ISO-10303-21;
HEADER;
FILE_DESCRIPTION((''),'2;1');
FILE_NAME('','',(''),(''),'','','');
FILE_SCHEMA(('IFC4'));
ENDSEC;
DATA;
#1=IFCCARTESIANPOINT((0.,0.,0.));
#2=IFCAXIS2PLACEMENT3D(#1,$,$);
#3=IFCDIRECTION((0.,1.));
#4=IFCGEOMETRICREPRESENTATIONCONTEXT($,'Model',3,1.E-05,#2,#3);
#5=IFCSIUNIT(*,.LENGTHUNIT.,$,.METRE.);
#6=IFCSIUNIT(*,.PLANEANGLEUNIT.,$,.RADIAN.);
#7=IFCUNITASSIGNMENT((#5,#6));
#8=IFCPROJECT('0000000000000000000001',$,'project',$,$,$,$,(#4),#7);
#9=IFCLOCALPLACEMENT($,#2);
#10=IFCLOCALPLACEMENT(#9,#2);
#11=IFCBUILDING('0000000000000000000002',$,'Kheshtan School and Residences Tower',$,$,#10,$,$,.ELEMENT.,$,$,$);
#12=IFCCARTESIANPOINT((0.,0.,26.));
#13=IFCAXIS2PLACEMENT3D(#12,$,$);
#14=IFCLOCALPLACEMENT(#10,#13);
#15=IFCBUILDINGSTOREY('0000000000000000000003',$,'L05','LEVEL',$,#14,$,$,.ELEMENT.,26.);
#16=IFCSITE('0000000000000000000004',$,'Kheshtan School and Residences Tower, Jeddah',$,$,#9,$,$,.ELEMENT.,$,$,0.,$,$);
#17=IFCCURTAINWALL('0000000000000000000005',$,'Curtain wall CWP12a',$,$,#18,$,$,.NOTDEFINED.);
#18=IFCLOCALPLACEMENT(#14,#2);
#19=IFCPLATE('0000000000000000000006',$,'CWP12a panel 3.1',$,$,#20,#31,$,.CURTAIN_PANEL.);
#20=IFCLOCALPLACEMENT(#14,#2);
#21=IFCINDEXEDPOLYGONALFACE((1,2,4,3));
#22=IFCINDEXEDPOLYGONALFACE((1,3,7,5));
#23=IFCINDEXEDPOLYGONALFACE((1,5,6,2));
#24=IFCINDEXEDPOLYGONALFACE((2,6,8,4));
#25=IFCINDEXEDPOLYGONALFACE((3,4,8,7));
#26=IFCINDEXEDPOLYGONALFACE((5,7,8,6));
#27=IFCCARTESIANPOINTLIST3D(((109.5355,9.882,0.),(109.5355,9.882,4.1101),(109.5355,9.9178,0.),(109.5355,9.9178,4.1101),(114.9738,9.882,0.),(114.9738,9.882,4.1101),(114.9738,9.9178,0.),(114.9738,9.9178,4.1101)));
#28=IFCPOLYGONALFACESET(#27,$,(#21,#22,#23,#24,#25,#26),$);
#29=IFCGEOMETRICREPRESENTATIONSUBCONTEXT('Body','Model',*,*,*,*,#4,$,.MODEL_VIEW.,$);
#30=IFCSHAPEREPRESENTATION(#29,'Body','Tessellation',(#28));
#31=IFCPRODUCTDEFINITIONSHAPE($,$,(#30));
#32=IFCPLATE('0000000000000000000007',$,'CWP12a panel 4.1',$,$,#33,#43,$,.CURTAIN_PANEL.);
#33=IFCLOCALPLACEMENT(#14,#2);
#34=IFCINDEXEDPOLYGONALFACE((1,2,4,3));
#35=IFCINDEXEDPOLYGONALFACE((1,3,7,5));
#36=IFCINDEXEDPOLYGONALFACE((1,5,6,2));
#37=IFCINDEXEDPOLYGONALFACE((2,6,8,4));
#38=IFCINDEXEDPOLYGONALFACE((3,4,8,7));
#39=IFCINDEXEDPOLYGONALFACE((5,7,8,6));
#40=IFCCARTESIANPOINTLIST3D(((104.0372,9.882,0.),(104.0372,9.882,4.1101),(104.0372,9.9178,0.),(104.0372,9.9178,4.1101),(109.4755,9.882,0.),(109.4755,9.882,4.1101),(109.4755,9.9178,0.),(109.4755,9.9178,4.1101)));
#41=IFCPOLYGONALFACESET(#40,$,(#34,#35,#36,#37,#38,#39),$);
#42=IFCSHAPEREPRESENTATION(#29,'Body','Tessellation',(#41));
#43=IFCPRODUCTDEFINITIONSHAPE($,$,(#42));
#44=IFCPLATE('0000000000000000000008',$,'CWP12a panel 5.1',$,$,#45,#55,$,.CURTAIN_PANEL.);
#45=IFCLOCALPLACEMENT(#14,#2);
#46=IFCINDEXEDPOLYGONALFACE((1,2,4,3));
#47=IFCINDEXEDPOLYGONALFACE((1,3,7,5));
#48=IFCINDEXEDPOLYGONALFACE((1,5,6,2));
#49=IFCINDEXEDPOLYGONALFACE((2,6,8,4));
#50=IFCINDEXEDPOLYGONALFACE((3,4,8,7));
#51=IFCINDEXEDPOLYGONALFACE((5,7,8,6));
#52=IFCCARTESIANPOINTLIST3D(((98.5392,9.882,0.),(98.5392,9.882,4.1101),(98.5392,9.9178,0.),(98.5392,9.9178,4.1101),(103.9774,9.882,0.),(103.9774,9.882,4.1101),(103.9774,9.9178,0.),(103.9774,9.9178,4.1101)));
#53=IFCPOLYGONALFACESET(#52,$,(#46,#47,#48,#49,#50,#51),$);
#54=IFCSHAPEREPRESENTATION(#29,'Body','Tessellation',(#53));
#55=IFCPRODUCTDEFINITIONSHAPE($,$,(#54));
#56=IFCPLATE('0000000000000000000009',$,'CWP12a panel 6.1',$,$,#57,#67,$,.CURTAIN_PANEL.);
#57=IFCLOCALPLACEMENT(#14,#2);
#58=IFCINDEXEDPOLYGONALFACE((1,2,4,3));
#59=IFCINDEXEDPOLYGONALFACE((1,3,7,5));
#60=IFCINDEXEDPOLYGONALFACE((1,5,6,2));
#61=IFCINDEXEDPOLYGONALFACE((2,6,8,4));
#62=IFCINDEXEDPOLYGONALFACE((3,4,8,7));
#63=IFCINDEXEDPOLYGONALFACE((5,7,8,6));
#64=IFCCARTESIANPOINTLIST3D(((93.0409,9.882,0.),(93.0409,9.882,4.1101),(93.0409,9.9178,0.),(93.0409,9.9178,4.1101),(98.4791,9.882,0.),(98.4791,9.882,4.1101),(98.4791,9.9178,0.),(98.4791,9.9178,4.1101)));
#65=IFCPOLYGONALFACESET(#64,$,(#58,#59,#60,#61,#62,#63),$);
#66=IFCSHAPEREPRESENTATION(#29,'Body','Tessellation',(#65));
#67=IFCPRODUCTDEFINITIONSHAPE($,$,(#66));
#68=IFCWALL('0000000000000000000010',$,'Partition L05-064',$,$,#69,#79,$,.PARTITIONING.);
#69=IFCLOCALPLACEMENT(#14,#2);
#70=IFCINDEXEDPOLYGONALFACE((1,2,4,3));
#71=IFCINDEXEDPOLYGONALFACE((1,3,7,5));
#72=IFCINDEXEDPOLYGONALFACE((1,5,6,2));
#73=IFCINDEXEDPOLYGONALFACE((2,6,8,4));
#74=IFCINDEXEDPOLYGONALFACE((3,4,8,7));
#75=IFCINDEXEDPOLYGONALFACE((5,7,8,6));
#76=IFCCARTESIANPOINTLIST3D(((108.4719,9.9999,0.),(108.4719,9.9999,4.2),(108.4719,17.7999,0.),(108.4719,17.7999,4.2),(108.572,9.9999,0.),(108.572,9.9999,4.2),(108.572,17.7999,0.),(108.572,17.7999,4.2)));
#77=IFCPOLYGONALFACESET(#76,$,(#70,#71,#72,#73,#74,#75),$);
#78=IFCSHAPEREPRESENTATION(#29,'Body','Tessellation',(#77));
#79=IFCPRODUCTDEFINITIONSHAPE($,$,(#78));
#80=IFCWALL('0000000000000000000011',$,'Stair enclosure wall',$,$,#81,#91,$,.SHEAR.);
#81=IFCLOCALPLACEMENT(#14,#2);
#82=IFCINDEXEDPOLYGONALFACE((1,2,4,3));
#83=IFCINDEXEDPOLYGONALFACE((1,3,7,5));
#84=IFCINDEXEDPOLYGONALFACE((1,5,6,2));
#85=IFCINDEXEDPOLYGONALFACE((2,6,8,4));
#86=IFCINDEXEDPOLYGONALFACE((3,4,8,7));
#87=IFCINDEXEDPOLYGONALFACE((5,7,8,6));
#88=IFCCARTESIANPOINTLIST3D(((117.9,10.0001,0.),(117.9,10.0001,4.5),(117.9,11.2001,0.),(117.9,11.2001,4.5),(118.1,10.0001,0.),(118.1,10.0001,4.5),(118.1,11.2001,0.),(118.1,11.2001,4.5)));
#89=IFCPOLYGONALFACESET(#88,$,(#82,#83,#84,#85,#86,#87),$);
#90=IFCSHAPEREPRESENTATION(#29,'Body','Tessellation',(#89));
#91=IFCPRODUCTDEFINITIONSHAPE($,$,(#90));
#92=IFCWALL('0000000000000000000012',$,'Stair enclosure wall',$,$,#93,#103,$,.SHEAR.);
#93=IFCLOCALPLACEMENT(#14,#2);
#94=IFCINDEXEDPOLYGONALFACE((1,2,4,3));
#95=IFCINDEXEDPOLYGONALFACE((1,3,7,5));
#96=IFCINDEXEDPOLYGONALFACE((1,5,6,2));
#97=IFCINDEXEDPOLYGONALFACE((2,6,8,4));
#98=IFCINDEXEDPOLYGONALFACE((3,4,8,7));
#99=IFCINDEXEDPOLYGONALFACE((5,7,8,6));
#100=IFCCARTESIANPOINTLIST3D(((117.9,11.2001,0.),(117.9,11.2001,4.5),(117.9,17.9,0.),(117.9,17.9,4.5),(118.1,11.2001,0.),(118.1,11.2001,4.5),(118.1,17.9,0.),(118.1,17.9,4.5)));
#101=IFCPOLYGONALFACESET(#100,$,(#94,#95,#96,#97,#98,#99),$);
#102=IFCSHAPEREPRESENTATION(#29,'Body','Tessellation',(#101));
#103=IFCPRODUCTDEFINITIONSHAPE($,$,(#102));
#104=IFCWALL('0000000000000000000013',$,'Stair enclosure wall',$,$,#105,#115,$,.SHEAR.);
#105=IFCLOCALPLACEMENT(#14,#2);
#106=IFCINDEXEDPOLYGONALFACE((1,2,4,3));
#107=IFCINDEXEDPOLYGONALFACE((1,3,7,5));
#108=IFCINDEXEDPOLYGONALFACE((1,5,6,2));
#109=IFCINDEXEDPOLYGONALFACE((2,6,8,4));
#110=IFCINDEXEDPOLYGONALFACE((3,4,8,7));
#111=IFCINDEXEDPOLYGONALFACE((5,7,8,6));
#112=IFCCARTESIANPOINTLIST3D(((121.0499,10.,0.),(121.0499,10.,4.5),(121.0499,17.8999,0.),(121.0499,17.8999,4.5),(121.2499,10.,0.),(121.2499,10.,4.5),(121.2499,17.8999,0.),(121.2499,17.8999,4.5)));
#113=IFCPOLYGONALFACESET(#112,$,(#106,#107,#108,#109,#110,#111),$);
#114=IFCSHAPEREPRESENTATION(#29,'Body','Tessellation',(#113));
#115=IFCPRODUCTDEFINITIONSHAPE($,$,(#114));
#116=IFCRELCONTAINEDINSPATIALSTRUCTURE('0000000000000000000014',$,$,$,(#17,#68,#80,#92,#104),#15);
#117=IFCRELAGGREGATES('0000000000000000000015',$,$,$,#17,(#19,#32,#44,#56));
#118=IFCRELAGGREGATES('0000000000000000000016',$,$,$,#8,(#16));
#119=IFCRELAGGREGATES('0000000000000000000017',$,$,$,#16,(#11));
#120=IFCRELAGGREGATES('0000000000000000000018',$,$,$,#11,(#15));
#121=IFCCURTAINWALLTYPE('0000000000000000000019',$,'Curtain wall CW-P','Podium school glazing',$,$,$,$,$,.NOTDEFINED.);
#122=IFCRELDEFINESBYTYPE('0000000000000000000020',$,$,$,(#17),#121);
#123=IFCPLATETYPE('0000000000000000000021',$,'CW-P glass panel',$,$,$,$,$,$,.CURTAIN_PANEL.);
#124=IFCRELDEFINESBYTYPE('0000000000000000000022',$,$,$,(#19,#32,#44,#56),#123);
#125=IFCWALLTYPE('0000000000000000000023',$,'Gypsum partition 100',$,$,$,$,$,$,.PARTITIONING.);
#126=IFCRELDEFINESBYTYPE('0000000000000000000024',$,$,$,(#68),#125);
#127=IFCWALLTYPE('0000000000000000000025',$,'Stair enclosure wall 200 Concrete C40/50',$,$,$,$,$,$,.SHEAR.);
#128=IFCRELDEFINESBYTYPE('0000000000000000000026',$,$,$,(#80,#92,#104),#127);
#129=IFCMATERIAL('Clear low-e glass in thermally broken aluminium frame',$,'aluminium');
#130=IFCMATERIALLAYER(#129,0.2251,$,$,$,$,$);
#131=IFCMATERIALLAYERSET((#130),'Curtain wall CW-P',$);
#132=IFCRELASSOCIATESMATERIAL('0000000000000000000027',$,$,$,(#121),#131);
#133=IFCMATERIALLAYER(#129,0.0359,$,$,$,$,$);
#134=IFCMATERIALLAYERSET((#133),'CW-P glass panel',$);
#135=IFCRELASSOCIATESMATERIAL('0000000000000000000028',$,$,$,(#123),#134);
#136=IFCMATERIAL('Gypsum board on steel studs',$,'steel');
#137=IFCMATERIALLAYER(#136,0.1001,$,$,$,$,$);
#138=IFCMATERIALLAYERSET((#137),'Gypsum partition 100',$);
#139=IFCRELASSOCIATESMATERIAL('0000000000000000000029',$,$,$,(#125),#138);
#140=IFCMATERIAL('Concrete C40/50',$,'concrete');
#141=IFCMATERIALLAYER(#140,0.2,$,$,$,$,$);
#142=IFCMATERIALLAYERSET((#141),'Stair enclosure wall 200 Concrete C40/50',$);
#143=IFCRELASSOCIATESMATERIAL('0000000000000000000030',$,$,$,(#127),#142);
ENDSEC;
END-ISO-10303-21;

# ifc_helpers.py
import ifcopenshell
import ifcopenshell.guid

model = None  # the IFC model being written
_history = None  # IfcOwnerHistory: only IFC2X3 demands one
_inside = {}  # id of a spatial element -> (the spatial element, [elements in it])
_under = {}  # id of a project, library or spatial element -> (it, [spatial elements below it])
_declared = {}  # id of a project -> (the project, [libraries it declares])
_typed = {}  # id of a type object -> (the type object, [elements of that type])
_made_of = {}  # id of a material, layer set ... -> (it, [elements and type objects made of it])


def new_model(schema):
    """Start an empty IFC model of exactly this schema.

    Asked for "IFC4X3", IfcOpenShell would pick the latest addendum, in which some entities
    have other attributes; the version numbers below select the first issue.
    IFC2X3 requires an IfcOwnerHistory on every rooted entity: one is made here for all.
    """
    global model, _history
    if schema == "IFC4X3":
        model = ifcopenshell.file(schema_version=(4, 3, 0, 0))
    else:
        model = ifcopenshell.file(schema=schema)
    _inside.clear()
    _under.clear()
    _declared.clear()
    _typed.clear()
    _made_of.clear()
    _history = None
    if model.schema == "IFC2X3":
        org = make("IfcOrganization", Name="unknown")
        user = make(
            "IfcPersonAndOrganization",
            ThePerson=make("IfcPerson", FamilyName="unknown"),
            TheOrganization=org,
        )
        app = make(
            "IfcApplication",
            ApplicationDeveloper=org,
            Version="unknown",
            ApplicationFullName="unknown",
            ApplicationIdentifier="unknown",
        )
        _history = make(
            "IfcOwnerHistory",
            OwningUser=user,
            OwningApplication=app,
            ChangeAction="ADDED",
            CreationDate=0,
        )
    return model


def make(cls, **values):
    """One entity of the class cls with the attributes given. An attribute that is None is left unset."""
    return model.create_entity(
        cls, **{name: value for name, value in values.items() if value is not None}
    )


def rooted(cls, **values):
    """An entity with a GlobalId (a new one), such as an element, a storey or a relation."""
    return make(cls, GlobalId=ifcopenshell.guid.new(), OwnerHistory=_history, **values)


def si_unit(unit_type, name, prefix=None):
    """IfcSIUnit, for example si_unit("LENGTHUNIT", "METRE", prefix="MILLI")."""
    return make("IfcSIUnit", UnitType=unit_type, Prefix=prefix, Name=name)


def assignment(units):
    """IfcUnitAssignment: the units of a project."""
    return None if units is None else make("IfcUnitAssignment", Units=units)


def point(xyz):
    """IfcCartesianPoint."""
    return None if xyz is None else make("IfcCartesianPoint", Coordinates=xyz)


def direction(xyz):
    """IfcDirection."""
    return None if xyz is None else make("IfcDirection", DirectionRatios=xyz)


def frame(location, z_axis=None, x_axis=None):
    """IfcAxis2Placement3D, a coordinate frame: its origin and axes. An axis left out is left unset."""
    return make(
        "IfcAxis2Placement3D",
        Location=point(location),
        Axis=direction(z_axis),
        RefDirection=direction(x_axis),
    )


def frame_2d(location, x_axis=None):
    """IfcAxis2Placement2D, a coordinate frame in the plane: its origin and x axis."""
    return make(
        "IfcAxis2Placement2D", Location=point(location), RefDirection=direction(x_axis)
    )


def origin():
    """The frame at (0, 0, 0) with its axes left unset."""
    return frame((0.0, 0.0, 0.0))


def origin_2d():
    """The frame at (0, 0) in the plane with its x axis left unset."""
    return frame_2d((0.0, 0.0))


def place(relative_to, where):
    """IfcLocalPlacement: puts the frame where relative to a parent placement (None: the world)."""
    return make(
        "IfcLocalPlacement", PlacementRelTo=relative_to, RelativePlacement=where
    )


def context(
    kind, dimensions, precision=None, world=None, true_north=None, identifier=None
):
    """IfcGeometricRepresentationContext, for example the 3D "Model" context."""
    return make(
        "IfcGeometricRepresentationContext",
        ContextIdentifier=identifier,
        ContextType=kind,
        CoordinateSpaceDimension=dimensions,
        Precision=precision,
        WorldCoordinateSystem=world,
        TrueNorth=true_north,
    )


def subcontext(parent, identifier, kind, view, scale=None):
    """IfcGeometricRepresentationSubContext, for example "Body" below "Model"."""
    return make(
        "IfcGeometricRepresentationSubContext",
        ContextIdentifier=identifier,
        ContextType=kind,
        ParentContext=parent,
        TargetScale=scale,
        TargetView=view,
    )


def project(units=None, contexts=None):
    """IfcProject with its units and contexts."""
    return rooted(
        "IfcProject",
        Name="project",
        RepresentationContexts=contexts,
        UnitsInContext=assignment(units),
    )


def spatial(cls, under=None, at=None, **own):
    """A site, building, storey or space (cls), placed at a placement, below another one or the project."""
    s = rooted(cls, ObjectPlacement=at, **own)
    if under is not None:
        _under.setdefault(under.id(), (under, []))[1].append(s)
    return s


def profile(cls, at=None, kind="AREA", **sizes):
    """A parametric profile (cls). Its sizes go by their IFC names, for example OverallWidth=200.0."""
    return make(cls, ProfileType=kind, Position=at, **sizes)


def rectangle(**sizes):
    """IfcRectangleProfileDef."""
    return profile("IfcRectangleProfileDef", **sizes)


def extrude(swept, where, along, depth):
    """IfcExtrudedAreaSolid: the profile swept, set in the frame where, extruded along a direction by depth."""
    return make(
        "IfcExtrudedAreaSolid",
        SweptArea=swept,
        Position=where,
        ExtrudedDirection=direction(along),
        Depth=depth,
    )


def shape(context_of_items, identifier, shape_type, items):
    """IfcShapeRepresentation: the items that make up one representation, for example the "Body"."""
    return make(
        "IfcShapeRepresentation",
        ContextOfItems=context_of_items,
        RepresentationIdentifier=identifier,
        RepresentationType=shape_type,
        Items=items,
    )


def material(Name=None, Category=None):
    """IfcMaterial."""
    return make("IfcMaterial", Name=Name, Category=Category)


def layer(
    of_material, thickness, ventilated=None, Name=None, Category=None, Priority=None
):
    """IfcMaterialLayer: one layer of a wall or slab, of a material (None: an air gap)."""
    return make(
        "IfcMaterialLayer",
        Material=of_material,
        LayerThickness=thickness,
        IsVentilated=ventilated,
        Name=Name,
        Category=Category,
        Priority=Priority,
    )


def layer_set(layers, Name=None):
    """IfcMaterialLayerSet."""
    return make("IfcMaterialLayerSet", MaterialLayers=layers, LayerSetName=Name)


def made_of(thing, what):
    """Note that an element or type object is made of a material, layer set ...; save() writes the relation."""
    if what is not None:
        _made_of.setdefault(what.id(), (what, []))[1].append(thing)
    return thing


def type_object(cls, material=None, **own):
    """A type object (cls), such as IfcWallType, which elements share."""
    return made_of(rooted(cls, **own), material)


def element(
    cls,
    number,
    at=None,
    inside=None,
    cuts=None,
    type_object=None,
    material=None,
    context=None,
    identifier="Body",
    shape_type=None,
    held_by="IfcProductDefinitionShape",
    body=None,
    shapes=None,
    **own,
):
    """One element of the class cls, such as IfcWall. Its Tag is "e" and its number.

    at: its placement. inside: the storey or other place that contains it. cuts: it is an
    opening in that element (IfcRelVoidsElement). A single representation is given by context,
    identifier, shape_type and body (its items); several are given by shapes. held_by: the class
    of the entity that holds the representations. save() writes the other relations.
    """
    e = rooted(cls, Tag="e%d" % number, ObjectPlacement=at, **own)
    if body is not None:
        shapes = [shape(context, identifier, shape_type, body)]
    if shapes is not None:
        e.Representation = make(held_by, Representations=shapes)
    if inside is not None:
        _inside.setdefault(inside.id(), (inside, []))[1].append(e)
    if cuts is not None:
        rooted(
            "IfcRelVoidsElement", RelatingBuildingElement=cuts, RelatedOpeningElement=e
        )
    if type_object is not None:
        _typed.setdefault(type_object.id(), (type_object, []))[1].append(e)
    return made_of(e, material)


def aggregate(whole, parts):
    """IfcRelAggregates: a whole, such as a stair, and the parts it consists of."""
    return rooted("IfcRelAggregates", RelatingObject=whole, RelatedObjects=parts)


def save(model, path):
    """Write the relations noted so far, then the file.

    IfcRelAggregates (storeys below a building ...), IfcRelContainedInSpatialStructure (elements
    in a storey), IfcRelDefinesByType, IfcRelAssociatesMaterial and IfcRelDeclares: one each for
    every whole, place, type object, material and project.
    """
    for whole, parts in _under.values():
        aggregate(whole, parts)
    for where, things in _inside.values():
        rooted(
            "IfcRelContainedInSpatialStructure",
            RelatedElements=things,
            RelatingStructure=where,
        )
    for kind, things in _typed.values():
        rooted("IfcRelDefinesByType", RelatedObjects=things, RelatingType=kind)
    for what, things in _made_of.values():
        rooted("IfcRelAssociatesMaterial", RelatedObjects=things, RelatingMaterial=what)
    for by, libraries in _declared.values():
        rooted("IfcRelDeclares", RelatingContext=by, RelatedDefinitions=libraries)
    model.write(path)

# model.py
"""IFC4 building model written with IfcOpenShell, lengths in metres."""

from ifc_helpers import new_model, si_unit, direction, frame, frame_2d, origin, origin_2d, place, context, subcontext, project, spatial, rectangle, extrude, material, layer, layer_set, type_object, element, aggregate, save


model = new_model("IFC4")

# Units and contexts
model_context = context("Model", 3, precision=1e-05, world=origin(), true_north=direction((0.0, 1.0)))
body_context = subcontext(model_context, "Body", "Model", "MODEL_VIEW")
ifc_project = project(units=[si_unit("LENGTHUNIT", "METRE"), si_unit("PLANEANGLEUNIT", "RADIAN")], contexts=[model_context])

# Site, building, storey
site_placement = place(None, origin())
site = spatial("IfcSite", under=ifc_project, at=site_placement, Name="Kheshtan School and Residences Tower, Jeddah", CompositionType="ELEMENT", RefElevation=0.0)
building_placement = place(site_placement, origin())
building = spatial("IfcBuilding", under=site, at=building_placement, Name="Kheshtan School and Residences Tower", CompositionType="ELEMENT")
storey_placement = place(building_placement, frame((0.0, 0.0, 26.0)))
storey = spatial("IfcBuildingStorey", under=building, at=storey_placement, Name="L05", Description="LEVEL", CompositionType="ELEMENT", Elevation=26.0)

# Curtain wall, plates
ifc_material_1 = material(Name="Clear low-e glass in thermally broken aluminium frame", Category="aluminium")
ifc_layer_1 = layer(ifc_material_1, 0.2251)
ifc_layer_set_1 = layer_set([ifc_layer_1], Name="Curtain wall CW-P")
curtain_wall_type = type_object("IfcCurtainWallType", Name="Curtain wall CW-P", Description="Podium school glazing", PredefinedType="NOTDEFINED", material=ifc_layer_set_1)
curtain_wall_placement = place(storey_placement, origin())
curtain_wall = element("IfcCurtainWall", 1, at=curtain_wall_placement, inside=storey, type_object=curtain_wall_type, Name="Curtain wall CWP12a", PredefinedType="NOTDEFINED")
ifc_layer_2 = layer(ifc_material_1, 0.0359)
ifc_layer_set_2 = layer_set([ifc_layer_2], Name="CW-P glass panel")
plate_type = type_object("IfcPlateType", Name="CW-P glass panel", PredefinedType="CURTAIN_PANEL", material=ifc_layer_set_2)
plate_1_placement = place(storey_placement, frame((112.2546, 9.8999, 0.0), z_axis=(0.0, 0.0, 1.0), x_axis=(-1.0, 0.0, 0.0)))
plate_1 = element("IfcPlate", 2, at=plate_1_placement, type_object=plate_type, Name="CWP12a panel 3.1", PredefinedType="CURTAIN_PANEL", context=body_context, shape_type="SweptSolid", body=[
    extrude(rectangle(XDim=5.4382, YDim=0.0359, at=origin_2d()), origin(), (0.0, 0.0, 1.0), 4.1101),
])
plate_2_placement = place(storey_placement, frame((106.7563, 9.8999, 0.0), z_axis=(0.0, 0.0, 1.0), x_axis=(-1.0, 0.0, 0.0)))
plate_2 = element("IfcPlate", 3, at=plate_2_placement, type_object=plate_type, Name="CWP12a panel 4.1", PredefinedType="CURTAIN_PANEL", context=body_context, shape_type="SweptSolid", body=[
    extrude(rectangle(XDim=5.4382, YDim=0.0359, at=origin_2d()), origin(), (0.0, 0.0, 1.0), 4.1101),
])
plate_3_placement = place(storey_placement, frame((101.2583, 9.8999, 0.0), z_axis=(0.0, 0.0, 1.0), x_axis=(-1.0, 0.0, 0.0)))
plate_3 = element("IfcPlate", 4, at=plate_3_placement, type_object=plate_type, Name="CWP12a panel 5.1", PredefinedType="CURTAIN_PANEL", context=body_context, shape_type="SweptSolid", body=[
    extrude(rectangle(XDim=5.4382, YDim=0.0359, at=origin_2d()), origin(), (0.0, 0.0, 1.0), 4.1101),
])
plate_4_placement = place(storey_placement, frame((95.76, 9.8999, 0.0), z_axis=(0.0, 0.0, 1.0), x_axis=(-1.0, 0.0, 0.0)))
plate_4 = element("IfcPlate", 5, at=plate_4_placement, type_object=plate_type, Name="CWP12a panel 6.1", PredefinedType="CURTAIN_PANEL", context=body_context, shape_type="SweptSolid", body=[
    extrude(rectangle(XDim=5.4382, YDim=0.0359, at=origin_2d()), origin(), (0.0, 0.0, 1.0), 4.1101),
])
aggregate(curtain_wall, [plate_1, plate_2, plate_3, plate_4])

# Walls
ifc_material_2 = material(Name="Gypsum board on steel studs", Category="steel")
ifc_layer_3 = layer(ifc_material_2, 0.1001)
ifc_layer_set_3 = layer_set([ifc_layer_3], Name="Gypsum partition 100")
wall_type_1 = type_object("IfcWallType", Name="Gypsum partition 100", PredefinedType="PARTITIONING", material=ifc_layer_set_3)
wall_1_placement = place(storey_placement, frame((108.522, 10.0, 0.0), z_axis=(0.0, 0.0, 1.0), x_axis=(0.0, 1.0, 0.0)))
element("IfcWall", 6, at=wall_1_placement, inside=storey, type_object=wall_type_1, Name="Partition L05-064", PredefinedType="PARTITIONING", context=body_context, shape_type="SweptSolid", body=[
    extrude(rectangle(XDim=7.8, YDim=0.1001, at=frame_2d((3.8999, 0.0))), origin(), (0.0, 0.0, 1.0), 4.2),
])
ifc_material_3 = material(Name="Concrete C40/50", Category="concrete")
ifc_layer_4 = layer(ifc_material_3, 0.2)
ifc_layer_set_4 = layer_set([ifc_layer_4], Name="Stair enclosure wall 200 Concrete C40/50")
wall_type_2 = type_object("IfcWallType", Name="Stair enclosure wall 200 Concrete C40/50", PredefinedType="SHEAR", material=ifc_layer_set_4)
wall_2_placement = place(storey_placement, frame((118.0, 10.0, 0.0), z_axis=(0.0, 0.0, 1.0), x_axis=(0.0, 1.0, 0.0)))
element("IfcWall", 7, at=wall_2_placement, inside=storey, type_object=wall_type_2, Name="Stair enclosure wall", PredefinedType="SHEAR", context=body_context, shape_type="SweptSolid", body=[
    extrude(rectangle(XDim=1.2, YDim=0.2, at=frame_2d((0.6001, 0.0))), origin(), (0.0, 0.0, 1.0), 4.5),
])
wall_3_placement = place(storey_placement, frame((118.0, 11.2, 0.0), z_axis=(0.0, 0.0, 1.0), x_axis=(0.0, 1.0, 0.0)))
element("IfcWall", 8, at=wall_3_placement, inside=storey, type_object=wall_type_2, Name="Stair enclosure wall", PredefinedType="SHEAR", context=body_context, shape_type="SweptSolid", body=[
    extrude(rectangle(XDim=6.7, YDim=0.2, at=frame_2d((3.3501, 0.0))), origin(), (0.0, 0.0, 1.0), 4.5),
])
wall_4_placement = place(storey_placement, frame((121.1499, 10.0, 0.0), z_axis=(0.0, 0.0, 1.0), x_axis=(0.0, 1.0, 0.0)))
element("IfcWall", 9, at=wall_4_placement, inside=storey, type_object=wall_type_2, Name="Stair enclosure wall", PredefinedType="SHEAR", context=body_context, shape_type="SweptSolid", body=[
    extrude(rectangle(XDim=7.8999, YDim=0.2, at=frame_2d((3.95, 0.0))), origin(), (0.0, 0.0, 1.0), 4.5),
])

save(model, "model.ifc")
